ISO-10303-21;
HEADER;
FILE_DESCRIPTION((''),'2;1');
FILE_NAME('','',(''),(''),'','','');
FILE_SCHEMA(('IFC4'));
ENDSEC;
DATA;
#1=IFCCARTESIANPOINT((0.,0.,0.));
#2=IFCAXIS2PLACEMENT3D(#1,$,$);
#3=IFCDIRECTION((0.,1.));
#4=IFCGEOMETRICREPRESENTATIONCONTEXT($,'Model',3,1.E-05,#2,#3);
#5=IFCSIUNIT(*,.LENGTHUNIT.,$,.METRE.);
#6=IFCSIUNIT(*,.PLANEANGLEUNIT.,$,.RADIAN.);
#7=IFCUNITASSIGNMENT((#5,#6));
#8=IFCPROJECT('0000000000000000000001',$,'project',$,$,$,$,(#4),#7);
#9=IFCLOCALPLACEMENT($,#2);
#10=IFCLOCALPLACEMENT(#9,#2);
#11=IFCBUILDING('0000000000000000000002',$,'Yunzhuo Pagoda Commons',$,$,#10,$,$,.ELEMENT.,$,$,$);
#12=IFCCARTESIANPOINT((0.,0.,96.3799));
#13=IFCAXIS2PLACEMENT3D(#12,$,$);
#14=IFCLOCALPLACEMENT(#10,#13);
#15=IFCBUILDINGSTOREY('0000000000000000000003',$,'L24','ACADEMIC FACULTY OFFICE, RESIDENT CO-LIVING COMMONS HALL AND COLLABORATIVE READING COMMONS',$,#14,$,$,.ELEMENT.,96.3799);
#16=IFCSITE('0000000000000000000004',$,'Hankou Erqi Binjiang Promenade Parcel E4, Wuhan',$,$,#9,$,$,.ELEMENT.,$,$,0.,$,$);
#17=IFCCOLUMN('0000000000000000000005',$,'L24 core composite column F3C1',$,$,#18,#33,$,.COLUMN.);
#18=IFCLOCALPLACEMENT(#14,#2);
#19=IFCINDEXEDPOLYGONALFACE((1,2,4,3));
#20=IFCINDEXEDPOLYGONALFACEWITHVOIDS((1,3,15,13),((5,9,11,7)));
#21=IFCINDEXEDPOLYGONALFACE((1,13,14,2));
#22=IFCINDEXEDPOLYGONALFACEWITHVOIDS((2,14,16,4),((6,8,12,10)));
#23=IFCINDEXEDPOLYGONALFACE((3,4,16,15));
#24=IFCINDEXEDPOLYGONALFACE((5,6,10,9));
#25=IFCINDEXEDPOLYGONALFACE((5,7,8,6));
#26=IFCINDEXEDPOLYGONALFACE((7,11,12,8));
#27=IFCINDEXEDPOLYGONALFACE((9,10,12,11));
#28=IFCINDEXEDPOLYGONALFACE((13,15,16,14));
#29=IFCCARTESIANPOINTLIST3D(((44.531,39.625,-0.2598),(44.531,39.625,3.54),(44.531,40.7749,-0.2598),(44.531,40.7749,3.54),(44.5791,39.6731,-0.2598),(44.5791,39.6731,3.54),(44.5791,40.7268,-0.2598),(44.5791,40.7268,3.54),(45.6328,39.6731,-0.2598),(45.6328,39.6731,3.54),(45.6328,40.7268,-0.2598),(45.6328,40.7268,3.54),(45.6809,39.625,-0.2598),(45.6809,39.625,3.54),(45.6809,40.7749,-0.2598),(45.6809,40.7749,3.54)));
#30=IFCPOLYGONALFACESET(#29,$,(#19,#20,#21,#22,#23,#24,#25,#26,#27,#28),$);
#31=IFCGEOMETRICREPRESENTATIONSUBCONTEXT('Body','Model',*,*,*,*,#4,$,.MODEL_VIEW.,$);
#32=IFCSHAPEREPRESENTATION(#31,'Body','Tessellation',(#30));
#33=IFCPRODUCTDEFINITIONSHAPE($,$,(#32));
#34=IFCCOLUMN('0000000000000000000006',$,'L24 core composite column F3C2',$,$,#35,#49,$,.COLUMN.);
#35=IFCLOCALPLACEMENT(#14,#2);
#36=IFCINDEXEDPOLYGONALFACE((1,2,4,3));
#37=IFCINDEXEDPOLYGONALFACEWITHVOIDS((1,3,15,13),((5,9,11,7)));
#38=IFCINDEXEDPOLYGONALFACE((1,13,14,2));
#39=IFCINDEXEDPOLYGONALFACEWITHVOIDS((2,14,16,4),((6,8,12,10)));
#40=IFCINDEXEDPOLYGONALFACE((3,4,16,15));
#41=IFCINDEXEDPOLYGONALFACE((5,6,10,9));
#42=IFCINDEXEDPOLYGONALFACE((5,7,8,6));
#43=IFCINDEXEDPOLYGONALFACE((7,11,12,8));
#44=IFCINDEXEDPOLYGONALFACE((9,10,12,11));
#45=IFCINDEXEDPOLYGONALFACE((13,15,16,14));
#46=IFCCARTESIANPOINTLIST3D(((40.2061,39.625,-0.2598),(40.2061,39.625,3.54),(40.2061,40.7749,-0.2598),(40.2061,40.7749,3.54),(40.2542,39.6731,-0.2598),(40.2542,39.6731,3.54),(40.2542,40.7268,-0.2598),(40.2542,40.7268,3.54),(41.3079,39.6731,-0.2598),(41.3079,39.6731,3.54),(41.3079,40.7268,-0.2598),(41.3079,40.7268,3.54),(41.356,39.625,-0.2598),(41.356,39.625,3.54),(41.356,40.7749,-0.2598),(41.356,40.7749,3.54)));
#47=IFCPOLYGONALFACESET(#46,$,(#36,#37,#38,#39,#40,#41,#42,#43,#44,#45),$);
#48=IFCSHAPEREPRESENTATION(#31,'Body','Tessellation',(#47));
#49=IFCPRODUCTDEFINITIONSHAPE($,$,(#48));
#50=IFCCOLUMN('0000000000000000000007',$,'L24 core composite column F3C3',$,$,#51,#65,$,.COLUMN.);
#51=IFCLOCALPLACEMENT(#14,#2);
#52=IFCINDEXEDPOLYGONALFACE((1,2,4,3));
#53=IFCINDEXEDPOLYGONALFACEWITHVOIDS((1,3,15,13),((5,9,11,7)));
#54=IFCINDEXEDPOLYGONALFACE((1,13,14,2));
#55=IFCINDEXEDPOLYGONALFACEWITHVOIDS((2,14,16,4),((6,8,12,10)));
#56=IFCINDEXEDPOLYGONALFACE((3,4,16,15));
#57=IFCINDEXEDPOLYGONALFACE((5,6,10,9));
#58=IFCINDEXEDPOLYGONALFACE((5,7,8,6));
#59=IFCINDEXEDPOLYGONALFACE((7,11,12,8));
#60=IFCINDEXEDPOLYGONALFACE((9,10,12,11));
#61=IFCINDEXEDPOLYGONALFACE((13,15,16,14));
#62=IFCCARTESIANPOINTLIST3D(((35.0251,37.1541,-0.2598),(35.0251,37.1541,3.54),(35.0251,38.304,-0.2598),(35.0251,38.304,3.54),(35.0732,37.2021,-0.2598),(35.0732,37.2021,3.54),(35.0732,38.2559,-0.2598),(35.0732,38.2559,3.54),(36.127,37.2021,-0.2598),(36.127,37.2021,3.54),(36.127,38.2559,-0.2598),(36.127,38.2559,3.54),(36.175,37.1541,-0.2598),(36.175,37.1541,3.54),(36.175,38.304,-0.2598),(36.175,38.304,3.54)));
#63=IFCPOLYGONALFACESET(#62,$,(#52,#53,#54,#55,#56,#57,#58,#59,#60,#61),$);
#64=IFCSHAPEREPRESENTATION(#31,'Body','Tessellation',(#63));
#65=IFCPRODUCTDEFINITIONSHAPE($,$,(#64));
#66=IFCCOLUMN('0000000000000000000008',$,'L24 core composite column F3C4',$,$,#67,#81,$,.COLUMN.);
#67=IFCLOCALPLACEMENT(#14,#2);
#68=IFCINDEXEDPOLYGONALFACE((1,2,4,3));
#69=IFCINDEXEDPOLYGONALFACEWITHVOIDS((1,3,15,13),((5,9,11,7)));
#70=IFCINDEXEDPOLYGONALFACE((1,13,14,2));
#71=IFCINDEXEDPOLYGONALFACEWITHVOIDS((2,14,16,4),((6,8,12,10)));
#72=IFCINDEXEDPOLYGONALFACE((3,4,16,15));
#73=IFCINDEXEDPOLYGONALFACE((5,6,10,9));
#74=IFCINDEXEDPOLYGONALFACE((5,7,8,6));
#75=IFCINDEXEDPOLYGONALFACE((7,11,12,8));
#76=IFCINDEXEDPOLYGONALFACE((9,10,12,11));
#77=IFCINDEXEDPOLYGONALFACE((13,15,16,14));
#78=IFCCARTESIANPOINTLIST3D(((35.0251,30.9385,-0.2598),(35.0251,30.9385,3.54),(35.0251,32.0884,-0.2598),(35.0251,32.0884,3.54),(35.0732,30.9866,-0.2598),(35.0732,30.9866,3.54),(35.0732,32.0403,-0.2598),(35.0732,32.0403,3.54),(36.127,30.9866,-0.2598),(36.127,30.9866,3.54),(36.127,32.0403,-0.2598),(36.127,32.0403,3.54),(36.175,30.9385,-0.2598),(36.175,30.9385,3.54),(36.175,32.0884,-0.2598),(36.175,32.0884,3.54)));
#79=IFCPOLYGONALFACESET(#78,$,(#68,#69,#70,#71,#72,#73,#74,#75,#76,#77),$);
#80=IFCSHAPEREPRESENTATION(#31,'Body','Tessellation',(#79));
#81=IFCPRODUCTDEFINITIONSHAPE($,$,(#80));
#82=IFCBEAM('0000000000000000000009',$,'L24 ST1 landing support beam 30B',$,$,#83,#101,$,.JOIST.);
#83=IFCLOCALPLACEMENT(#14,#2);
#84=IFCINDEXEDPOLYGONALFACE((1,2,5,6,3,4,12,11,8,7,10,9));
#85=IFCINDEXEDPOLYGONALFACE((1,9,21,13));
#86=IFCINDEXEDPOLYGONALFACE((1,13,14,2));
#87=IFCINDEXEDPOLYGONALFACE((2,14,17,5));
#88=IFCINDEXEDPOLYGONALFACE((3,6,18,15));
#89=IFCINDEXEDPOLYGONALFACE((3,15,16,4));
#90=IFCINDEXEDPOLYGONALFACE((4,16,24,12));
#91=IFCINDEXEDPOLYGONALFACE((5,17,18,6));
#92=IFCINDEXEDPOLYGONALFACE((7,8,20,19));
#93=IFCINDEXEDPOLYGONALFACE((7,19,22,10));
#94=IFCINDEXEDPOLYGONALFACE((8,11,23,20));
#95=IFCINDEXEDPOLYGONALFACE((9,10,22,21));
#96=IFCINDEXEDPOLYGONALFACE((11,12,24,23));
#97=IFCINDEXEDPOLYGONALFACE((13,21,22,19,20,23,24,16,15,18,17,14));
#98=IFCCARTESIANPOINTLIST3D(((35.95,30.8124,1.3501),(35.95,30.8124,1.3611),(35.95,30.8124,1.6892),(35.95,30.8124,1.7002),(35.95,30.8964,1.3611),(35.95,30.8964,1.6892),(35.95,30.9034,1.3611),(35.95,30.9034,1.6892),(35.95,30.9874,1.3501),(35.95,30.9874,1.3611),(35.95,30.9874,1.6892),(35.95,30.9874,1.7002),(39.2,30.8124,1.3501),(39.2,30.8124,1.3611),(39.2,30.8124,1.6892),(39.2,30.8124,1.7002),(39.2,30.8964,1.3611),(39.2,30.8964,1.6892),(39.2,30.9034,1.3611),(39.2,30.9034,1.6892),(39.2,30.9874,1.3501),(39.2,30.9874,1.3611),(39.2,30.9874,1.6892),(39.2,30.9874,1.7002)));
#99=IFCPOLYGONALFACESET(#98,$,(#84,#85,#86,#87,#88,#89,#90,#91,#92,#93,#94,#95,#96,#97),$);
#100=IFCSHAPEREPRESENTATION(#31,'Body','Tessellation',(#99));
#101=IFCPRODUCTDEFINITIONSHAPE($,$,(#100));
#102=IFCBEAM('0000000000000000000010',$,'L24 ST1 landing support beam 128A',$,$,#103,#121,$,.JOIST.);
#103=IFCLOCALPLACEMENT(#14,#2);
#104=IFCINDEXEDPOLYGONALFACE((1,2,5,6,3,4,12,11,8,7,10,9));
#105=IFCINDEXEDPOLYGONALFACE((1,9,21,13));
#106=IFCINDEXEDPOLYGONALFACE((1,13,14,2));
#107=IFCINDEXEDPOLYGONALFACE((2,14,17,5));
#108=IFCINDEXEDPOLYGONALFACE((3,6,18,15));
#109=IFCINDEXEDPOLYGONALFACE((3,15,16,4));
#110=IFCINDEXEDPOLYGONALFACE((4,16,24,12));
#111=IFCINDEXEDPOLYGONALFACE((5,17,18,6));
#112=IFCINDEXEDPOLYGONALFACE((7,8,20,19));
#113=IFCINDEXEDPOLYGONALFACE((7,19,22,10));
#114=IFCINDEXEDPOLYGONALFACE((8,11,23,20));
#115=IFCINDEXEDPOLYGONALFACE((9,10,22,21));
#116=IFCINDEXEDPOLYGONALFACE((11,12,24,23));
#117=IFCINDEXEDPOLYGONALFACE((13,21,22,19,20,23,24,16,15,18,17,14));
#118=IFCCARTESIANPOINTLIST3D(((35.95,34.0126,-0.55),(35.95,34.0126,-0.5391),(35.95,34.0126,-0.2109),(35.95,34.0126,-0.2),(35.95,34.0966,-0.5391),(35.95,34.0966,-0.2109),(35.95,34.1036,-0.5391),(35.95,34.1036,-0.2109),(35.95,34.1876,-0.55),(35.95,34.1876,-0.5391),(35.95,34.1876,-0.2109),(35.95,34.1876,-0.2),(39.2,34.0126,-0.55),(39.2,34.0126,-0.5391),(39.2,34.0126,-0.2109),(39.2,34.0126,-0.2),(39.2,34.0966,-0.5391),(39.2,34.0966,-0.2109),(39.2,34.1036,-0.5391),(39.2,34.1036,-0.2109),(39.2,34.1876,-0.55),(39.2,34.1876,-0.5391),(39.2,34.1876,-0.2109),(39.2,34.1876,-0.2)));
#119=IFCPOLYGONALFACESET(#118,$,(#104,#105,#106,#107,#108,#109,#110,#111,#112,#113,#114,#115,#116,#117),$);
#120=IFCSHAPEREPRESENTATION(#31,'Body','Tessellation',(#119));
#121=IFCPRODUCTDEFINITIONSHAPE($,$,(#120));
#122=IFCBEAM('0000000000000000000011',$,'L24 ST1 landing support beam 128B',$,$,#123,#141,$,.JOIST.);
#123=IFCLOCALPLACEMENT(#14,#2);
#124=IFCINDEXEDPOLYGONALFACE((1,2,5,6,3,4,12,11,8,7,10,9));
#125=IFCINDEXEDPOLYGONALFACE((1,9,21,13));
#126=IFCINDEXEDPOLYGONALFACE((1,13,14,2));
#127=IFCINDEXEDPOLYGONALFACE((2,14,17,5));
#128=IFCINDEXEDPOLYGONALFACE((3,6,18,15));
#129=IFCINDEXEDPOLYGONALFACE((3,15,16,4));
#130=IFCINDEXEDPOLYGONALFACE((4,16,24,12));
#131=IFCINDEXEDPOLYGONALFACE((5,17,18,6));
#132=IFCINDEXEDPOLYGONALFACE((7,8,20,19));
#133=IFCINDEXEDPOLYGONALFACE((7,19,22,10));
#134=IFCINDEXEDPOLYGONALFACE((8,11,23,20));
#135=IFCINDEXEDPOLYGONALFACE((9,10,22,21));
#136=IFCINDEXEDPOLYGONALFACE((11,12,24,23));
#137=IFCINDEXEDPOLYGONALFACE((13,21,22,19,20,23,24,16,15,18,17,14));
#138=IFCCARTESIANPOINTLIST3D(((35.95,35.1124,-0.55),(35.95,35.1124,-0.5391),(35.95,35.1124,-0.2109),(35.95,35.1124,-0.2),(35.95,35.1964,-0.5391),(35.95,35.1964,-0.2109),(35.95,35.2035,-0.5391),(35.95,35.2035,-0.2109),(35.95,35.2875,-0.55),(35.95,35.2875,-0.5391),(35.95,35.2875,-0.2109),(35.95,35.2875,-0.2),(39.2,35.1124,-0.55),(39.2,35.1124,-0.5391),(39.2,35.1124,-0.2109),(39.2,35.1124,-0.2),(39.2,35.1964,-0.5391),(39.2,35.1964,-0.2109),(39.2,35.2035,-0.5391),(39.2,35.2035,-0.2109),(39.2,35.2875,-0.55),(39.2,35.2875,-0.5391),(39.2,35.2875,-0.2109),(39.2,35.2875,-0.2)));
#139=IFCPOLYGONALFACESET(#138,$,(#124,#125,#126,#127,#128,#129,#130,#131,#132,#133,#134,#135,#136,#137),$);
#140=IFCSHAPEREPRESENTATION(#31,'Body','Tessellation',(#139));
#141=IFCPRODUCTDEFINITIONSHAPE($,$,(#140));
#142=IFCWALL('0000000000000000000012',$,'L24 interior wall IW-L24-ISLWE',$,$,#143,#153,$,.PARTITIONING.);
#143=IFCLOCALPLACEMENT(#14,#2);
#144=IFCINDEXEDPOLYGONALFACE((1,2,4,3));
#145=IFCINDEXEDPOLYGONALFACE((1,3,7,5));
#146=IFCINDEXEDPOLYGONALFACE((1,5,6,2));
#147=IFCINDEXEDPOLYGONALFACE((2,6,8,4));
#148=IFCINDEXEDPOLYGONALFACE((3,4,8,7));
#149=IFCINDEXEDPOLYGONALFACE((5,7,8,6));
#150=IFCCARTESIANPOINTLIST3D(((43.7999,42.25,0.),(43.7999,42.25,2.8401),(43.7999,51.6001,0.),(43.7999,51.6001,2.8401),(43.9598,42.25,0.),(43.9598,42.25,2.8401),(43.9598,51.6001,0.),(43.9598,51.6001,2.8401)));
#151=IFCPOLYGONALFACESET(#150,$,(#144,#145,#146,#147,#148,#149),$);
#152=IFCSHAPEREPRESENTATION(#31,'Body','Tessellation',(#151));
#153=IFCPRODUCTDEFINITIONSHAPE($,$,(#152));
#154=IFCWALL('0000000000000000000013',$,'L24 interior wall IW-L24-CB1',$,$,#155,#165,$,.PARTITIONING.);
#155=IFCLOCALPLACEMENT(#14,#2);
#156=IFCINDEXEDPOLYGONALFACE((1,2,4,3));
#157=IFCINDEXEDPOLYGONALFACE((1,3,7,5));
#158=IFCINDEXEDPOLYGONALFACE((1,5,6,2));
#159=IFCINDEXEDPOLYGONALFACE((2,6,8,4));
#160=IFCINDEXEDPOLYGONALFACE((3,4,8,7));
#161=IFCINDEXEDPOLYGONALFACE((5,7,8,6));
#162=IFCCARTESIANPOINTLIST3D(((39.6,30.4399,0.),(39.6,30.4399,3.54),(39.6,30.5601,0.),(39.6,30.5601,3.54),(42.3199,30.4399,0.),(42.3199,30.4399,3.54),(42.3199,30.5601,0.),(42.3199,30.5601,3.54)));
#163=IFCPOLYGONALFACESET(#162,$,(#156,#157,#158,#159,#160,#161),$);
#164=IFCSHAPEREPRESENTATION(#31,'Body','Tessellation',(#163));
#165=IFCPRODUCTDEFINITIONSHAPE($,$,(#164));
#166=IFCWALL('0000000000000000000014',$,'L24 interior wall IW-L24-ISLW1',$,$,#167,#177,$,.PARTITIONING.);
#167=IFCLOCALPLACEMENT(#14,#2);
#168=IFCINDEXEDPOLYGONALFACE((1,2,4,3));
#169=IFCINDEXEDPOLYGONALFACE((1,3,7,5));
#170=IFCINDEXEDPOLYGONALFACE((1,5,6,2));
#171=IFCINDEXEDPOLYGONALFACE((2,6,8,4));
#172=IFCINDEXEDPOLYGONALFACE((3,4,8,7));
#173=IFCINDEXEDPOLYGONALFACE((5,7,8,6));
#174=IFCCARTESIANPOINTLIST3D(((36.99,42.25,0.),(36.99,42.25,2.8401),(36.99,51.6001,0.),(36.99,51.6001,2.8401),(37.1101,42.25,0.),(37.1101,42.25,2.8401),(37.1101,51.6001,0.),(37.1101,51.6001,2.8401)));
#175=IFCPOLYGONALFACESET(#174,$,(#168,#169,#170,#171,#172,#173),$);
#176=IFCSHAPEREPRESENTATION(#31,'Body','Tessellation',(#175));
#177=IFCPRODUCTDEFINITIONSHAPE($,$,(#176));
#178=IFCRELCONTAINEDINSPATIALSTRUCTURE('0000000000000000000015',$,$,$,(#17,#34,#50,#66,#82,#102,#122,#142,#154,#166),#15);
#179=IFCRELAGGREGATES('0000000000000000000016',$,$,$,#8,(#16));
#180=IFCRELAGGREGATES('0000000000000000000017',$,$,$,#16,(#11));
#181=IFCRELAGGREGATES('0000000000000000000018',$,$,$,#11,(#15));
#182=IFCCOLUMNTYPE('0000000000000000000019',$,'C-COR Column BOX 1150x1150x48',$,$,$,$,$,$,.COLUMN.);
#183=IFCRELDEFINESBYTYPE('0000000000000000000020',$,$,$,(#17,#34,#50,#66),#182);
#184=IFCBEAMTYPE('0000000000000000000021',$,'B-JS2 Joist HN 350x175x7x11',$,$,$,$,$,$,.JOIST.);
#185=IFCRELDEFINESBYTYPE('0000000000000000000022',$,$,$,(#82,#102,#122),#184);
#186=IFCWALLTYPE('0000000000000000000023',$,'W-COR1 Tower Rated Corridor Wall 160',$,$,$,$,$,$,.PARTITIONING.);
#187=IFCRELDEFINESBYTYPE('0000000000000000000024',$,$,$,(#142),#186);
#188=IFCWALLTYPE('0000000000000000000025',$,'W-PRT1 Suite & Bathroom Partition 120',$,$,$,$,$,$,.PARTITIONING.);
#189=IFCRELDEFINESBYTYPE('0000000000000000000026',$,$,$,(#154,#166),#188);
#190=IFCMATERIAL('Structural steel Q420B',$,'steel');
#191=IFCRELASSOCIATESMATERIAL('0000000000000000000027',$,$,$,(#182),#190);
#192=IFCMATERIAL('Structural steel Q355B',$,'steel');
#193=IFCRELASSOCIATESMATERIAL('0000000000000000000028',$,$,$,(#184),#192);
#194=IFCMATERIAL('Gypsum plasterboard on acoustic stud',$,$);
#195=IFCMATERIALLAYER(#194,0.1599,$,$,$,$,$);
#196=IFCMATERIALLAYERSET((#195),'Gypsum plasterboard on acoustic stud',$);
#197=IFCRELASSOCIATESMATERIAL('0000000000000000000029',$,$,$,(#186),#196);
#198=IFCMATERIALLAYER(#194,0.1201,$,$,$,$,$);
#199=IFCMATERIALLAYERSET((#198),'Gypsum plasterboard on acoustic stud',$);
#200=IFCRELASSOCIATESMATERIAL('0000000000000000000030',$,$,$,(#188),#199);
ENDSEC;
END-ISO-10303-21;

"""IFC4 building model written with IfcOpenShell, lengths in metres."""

from ifc_helpers import new_model, si_unit, direction, frame, frame_2d, origin, origin_2d, place, context, subcontext, project, spatial, rectangle, hollow_rectangle, i_section, extrude, source, transform, mapped, material, layer, layer_set, material_profile, profile_set, type_object, element, save


model = new_model("IFC4")

# Units and contexts
model_context = context("Model", 3, precision=1e-05, world=origin(), true_north=direction((0.0, 1.0)))
body_context = subcontext(model_context, "Body", "Model", "MODEL_VIEW")
ifc_project = project(units=[si_unit("LENGTHUNIT", "METRE"), si_unit("PLANEANGLEUNIT", "RADIAN")], contexts=[model_context])

# Site, building, storey
site_placement = place(None, origin())
site = spatial("IfcSite", under=ifc_project, at=site_placement, Name="Hankou Erqi Binjiang Promenade Parcel E4, Wuhan", CompositionType="ELEMENT", RefElevation=0.0)
building_placement = place(site_placement, origin())
building = spatial("IfcBuilding", under=site, at=building_placement, Name="Yunzhuo Pagoda Commons", CompositionType="ELEMENT")
storey_placement = place(building_placement, frame((0.0, 0.0, 96.3799)))
storey = spatial("IfcBuildingStorey", under=building, at=storey_placement, Name="L24", Description="ACADEMIC FACULTY OFFICE, RESIDENT CO-LIVING COMMONS HALL AND COLLABORATIVE READING COMMONS", CompositionType="ELEMENT", Elevation=96.3799)

# Columns
ifc_material_1 = material(Name="Structural steel Q420B", Category="steel")
ifc_material_profile_1 = material_profile(ifc_material_1, hollow_rectangle(XDim=1.1499, YDim=1.1499, WallThickness=0.0481, at=origin_2d()), Name="Structural steel Q420B")
ifc_profile_set_1 = profile_set([ifc_material_profile_1], Name="Structural steel Q420B")
column_type = type_object("IfcColumnType", Name="C-COR Column BOX 1150x1150x48", PredefinedType="COLUMN", material=ifc_profile_set_1)
shared_shape_1 = source(origin(), body_context, "Body", "SweptSolid", [
    extrude(hollow_rectangle(XDim=1.1499, YDim=1.1499, WallThickness=0.0481, at=origin_2d()), origin(), (0.0, 0.0, 1.0), 3.7998),
])
for number, where, z_axis, x_axis, name in (
    (1, (45.106, 40.2, -0.2598), (0.0, 0.0, 1.0), (1.0, 0.0, 0.0), "L24 core composite column F3C1"),
    (2, (40.781, 40.2, -0.2598), (0.0, 0.0, 1.0), (1.0, 0.0, 0.0), "L24 core composite column F3C2"),
    (3, (35.6001, 37.729, -0.2598), (0.0, 0.0, 1.0), (1.0, 0.0, 0.0), "L24 core composite column F3C3"),
    (4, (35.6001, 31.5134, -0.2598), (0.0, 0.0, 1.0), (1.0, 0.0, 0.0), "L24 core composite column F3C4"),
):
    element("IfcColumn", number, at=place(storey_placement, frame(where, z_axis=z_axis, x_axis=x_axis)), inside=storey, type_object=column_type, Name=name, PredefinedType="COLUMN", context=body_context, shape_type="MappedRepresentation", body=[
        mapped(shared_shape_1, transform((0.0, 0.0, 0.0), scale=1.0)),
    ])

# Beams
ifc_material_2 = material(Name="Structural steel Q355B", Category="steel")
ifc_material_profile_2 = material_profile(ifc_material_2, i_section(OverallWidth=0.175, OverallDepth=0.3501, WebThickness=0.0071, FlangeThickness=0.011, at=origin_2d()), Name="Structural steel Q355B")
ifc_profile_set_2 = profile_set([ifc_material_profile_2], Name="Structural steel Q355B")
beam_type = type_object("IfcBeamType", Name="B-JS2 Joist HN 350x175x7x11", PredefinedType="JOIST", material=ifc_profile_set_2)
shared_shape_2 = source(origin(), body_context, "Body", "SweptSolid", [
    extrude(i_section(OverallWidth=0.175, OverallDepth=0.3501, WebThickness=0.0071, FlangeThickness=0.011, at=origin_2d()), origin(), (0.0, 0.0, 1.0), 3.25),
])
for number, where, z_axis, x_axis, name in (
    (5, (35.95, 30.8999, 1.5251), (1.0, 0.0, 0.0), (0.0, 1.0, 0.0), "L24 ST1 landing support beam 30B"),
    (6, (35.95, 34.1001, -0.375), (1.0, 0.0, 0.0), (0.0, 1.0, 0.0), "L24 ST1 landing support beam 128A"),
    (7, (35.95, 35.2, -0.375), (1.0, 0.0, 0.0), (0.0, 1.0, 0.0), "L24 ST1 landing support beam 128B"),
):
    element("IfcBeam", number, at=place(storey_placement, frame(where, z_axis=z_axis, x_axis=x_axis)), inside=storey, type_object=beam_type, Name=name, PredefinedType="JOIST", context=body_context, shape_type="MappedRepresentation", body=[
        mapped(shared_shape_2, transform((0.0, 0.0, 0.0), scale=1.0)),
    ])

# Walls
ifc_material_3 = material(Name="Gypsum plasterboard on acoustic stud")
ifc_layer_1 = layer(ifc_material_3, 0.1599)
ifc_layer_set_1 = layer_set([ifc_layer_1], Name="Gypsum plasterboard on acoustic stud")
wall_type_1 = type_object("IfcWallType", Name="W-COR1 Tower Rated Corridor Wall 160", PredefinedType="PARTITIONING", material=ifc_layer_set_1)
wall_1_placement = place(storey_placement, frame((43.8799, 42.25, 0.0), z_axis=(0.0, 0.0, 1.0), x_axis=(0.0, 1.0, 0.0)))
element("IfcWall", 8, at=wall_1_placement, inside=storey, type_object=wall_type_1, Name="L24 interior wall IW-L24-ISLWE", PredefinedType="PARTITIONING", context=body_context, shape_type="SweptSolid", body=[
    extrude(rectangle(XDim=9.3501, YDim=0.1599, at=frame_2d((4.675, 0.0))), origin(), (0.0, 0.0, 1.0), 2.8401),
])
ifc_layer_2 = layer(ifc_material_3, 0.1201)
ifc_layer_set_2 = layer_set([ifc_layer_2], Name="Gypsum plasterboard on acoustic stud")
wall_type_2 = type_object("IfcWallType", Name="W-PRT1 Suite & Bathroom Partition 120", PredefinedType="PARTITIONING", material=ifc_layer_set_2)
wall_2_placement = place(storey_placement, frame((39.6001, 30.5, 0.0), z_axis=(0.0, 0.0, 1.0), x_axis=(1.0, 0.0, 0.0)))
element("IfcWall", 9, at=wall_2_placement, inside=storey, type_object=wall_type_2, Name="L24 interior wall IW-L24-CB1", PredefinedType="PARTITIONING", context=body_context, shape_type="SweptSolid", body=[
    extrude(rectangle(XDim=2.72, YDim=0.1201, at=frame_2d((1.3599, 0.0))), origin(), (0.0, 0.0, 1.0), 3.54),
])
wall_3_placement = place(storey_placement, frame((37.05, 42.25, 0.0), z_axis=(0.0, 0.0, 1.0), x_axis=(0.0, 1.0, 0.0)))
element("IfcWall", 10, at=wall_3_placement, inside=storey, type_object=wall_type_2, Name="L24 interior wall IW-L24-ISLW1", PredefinedType="PARTITIONING", context=body_context, shape_type="SweptSolid", body=[
    extrude(rectangle(XDim=9.3501, YDim=0.1201, at=frame_2d((4.675, 0.0))), origin(), (0.0, 0.0, 1.0), 2.8401),
])

save(model, "model.ifc")
